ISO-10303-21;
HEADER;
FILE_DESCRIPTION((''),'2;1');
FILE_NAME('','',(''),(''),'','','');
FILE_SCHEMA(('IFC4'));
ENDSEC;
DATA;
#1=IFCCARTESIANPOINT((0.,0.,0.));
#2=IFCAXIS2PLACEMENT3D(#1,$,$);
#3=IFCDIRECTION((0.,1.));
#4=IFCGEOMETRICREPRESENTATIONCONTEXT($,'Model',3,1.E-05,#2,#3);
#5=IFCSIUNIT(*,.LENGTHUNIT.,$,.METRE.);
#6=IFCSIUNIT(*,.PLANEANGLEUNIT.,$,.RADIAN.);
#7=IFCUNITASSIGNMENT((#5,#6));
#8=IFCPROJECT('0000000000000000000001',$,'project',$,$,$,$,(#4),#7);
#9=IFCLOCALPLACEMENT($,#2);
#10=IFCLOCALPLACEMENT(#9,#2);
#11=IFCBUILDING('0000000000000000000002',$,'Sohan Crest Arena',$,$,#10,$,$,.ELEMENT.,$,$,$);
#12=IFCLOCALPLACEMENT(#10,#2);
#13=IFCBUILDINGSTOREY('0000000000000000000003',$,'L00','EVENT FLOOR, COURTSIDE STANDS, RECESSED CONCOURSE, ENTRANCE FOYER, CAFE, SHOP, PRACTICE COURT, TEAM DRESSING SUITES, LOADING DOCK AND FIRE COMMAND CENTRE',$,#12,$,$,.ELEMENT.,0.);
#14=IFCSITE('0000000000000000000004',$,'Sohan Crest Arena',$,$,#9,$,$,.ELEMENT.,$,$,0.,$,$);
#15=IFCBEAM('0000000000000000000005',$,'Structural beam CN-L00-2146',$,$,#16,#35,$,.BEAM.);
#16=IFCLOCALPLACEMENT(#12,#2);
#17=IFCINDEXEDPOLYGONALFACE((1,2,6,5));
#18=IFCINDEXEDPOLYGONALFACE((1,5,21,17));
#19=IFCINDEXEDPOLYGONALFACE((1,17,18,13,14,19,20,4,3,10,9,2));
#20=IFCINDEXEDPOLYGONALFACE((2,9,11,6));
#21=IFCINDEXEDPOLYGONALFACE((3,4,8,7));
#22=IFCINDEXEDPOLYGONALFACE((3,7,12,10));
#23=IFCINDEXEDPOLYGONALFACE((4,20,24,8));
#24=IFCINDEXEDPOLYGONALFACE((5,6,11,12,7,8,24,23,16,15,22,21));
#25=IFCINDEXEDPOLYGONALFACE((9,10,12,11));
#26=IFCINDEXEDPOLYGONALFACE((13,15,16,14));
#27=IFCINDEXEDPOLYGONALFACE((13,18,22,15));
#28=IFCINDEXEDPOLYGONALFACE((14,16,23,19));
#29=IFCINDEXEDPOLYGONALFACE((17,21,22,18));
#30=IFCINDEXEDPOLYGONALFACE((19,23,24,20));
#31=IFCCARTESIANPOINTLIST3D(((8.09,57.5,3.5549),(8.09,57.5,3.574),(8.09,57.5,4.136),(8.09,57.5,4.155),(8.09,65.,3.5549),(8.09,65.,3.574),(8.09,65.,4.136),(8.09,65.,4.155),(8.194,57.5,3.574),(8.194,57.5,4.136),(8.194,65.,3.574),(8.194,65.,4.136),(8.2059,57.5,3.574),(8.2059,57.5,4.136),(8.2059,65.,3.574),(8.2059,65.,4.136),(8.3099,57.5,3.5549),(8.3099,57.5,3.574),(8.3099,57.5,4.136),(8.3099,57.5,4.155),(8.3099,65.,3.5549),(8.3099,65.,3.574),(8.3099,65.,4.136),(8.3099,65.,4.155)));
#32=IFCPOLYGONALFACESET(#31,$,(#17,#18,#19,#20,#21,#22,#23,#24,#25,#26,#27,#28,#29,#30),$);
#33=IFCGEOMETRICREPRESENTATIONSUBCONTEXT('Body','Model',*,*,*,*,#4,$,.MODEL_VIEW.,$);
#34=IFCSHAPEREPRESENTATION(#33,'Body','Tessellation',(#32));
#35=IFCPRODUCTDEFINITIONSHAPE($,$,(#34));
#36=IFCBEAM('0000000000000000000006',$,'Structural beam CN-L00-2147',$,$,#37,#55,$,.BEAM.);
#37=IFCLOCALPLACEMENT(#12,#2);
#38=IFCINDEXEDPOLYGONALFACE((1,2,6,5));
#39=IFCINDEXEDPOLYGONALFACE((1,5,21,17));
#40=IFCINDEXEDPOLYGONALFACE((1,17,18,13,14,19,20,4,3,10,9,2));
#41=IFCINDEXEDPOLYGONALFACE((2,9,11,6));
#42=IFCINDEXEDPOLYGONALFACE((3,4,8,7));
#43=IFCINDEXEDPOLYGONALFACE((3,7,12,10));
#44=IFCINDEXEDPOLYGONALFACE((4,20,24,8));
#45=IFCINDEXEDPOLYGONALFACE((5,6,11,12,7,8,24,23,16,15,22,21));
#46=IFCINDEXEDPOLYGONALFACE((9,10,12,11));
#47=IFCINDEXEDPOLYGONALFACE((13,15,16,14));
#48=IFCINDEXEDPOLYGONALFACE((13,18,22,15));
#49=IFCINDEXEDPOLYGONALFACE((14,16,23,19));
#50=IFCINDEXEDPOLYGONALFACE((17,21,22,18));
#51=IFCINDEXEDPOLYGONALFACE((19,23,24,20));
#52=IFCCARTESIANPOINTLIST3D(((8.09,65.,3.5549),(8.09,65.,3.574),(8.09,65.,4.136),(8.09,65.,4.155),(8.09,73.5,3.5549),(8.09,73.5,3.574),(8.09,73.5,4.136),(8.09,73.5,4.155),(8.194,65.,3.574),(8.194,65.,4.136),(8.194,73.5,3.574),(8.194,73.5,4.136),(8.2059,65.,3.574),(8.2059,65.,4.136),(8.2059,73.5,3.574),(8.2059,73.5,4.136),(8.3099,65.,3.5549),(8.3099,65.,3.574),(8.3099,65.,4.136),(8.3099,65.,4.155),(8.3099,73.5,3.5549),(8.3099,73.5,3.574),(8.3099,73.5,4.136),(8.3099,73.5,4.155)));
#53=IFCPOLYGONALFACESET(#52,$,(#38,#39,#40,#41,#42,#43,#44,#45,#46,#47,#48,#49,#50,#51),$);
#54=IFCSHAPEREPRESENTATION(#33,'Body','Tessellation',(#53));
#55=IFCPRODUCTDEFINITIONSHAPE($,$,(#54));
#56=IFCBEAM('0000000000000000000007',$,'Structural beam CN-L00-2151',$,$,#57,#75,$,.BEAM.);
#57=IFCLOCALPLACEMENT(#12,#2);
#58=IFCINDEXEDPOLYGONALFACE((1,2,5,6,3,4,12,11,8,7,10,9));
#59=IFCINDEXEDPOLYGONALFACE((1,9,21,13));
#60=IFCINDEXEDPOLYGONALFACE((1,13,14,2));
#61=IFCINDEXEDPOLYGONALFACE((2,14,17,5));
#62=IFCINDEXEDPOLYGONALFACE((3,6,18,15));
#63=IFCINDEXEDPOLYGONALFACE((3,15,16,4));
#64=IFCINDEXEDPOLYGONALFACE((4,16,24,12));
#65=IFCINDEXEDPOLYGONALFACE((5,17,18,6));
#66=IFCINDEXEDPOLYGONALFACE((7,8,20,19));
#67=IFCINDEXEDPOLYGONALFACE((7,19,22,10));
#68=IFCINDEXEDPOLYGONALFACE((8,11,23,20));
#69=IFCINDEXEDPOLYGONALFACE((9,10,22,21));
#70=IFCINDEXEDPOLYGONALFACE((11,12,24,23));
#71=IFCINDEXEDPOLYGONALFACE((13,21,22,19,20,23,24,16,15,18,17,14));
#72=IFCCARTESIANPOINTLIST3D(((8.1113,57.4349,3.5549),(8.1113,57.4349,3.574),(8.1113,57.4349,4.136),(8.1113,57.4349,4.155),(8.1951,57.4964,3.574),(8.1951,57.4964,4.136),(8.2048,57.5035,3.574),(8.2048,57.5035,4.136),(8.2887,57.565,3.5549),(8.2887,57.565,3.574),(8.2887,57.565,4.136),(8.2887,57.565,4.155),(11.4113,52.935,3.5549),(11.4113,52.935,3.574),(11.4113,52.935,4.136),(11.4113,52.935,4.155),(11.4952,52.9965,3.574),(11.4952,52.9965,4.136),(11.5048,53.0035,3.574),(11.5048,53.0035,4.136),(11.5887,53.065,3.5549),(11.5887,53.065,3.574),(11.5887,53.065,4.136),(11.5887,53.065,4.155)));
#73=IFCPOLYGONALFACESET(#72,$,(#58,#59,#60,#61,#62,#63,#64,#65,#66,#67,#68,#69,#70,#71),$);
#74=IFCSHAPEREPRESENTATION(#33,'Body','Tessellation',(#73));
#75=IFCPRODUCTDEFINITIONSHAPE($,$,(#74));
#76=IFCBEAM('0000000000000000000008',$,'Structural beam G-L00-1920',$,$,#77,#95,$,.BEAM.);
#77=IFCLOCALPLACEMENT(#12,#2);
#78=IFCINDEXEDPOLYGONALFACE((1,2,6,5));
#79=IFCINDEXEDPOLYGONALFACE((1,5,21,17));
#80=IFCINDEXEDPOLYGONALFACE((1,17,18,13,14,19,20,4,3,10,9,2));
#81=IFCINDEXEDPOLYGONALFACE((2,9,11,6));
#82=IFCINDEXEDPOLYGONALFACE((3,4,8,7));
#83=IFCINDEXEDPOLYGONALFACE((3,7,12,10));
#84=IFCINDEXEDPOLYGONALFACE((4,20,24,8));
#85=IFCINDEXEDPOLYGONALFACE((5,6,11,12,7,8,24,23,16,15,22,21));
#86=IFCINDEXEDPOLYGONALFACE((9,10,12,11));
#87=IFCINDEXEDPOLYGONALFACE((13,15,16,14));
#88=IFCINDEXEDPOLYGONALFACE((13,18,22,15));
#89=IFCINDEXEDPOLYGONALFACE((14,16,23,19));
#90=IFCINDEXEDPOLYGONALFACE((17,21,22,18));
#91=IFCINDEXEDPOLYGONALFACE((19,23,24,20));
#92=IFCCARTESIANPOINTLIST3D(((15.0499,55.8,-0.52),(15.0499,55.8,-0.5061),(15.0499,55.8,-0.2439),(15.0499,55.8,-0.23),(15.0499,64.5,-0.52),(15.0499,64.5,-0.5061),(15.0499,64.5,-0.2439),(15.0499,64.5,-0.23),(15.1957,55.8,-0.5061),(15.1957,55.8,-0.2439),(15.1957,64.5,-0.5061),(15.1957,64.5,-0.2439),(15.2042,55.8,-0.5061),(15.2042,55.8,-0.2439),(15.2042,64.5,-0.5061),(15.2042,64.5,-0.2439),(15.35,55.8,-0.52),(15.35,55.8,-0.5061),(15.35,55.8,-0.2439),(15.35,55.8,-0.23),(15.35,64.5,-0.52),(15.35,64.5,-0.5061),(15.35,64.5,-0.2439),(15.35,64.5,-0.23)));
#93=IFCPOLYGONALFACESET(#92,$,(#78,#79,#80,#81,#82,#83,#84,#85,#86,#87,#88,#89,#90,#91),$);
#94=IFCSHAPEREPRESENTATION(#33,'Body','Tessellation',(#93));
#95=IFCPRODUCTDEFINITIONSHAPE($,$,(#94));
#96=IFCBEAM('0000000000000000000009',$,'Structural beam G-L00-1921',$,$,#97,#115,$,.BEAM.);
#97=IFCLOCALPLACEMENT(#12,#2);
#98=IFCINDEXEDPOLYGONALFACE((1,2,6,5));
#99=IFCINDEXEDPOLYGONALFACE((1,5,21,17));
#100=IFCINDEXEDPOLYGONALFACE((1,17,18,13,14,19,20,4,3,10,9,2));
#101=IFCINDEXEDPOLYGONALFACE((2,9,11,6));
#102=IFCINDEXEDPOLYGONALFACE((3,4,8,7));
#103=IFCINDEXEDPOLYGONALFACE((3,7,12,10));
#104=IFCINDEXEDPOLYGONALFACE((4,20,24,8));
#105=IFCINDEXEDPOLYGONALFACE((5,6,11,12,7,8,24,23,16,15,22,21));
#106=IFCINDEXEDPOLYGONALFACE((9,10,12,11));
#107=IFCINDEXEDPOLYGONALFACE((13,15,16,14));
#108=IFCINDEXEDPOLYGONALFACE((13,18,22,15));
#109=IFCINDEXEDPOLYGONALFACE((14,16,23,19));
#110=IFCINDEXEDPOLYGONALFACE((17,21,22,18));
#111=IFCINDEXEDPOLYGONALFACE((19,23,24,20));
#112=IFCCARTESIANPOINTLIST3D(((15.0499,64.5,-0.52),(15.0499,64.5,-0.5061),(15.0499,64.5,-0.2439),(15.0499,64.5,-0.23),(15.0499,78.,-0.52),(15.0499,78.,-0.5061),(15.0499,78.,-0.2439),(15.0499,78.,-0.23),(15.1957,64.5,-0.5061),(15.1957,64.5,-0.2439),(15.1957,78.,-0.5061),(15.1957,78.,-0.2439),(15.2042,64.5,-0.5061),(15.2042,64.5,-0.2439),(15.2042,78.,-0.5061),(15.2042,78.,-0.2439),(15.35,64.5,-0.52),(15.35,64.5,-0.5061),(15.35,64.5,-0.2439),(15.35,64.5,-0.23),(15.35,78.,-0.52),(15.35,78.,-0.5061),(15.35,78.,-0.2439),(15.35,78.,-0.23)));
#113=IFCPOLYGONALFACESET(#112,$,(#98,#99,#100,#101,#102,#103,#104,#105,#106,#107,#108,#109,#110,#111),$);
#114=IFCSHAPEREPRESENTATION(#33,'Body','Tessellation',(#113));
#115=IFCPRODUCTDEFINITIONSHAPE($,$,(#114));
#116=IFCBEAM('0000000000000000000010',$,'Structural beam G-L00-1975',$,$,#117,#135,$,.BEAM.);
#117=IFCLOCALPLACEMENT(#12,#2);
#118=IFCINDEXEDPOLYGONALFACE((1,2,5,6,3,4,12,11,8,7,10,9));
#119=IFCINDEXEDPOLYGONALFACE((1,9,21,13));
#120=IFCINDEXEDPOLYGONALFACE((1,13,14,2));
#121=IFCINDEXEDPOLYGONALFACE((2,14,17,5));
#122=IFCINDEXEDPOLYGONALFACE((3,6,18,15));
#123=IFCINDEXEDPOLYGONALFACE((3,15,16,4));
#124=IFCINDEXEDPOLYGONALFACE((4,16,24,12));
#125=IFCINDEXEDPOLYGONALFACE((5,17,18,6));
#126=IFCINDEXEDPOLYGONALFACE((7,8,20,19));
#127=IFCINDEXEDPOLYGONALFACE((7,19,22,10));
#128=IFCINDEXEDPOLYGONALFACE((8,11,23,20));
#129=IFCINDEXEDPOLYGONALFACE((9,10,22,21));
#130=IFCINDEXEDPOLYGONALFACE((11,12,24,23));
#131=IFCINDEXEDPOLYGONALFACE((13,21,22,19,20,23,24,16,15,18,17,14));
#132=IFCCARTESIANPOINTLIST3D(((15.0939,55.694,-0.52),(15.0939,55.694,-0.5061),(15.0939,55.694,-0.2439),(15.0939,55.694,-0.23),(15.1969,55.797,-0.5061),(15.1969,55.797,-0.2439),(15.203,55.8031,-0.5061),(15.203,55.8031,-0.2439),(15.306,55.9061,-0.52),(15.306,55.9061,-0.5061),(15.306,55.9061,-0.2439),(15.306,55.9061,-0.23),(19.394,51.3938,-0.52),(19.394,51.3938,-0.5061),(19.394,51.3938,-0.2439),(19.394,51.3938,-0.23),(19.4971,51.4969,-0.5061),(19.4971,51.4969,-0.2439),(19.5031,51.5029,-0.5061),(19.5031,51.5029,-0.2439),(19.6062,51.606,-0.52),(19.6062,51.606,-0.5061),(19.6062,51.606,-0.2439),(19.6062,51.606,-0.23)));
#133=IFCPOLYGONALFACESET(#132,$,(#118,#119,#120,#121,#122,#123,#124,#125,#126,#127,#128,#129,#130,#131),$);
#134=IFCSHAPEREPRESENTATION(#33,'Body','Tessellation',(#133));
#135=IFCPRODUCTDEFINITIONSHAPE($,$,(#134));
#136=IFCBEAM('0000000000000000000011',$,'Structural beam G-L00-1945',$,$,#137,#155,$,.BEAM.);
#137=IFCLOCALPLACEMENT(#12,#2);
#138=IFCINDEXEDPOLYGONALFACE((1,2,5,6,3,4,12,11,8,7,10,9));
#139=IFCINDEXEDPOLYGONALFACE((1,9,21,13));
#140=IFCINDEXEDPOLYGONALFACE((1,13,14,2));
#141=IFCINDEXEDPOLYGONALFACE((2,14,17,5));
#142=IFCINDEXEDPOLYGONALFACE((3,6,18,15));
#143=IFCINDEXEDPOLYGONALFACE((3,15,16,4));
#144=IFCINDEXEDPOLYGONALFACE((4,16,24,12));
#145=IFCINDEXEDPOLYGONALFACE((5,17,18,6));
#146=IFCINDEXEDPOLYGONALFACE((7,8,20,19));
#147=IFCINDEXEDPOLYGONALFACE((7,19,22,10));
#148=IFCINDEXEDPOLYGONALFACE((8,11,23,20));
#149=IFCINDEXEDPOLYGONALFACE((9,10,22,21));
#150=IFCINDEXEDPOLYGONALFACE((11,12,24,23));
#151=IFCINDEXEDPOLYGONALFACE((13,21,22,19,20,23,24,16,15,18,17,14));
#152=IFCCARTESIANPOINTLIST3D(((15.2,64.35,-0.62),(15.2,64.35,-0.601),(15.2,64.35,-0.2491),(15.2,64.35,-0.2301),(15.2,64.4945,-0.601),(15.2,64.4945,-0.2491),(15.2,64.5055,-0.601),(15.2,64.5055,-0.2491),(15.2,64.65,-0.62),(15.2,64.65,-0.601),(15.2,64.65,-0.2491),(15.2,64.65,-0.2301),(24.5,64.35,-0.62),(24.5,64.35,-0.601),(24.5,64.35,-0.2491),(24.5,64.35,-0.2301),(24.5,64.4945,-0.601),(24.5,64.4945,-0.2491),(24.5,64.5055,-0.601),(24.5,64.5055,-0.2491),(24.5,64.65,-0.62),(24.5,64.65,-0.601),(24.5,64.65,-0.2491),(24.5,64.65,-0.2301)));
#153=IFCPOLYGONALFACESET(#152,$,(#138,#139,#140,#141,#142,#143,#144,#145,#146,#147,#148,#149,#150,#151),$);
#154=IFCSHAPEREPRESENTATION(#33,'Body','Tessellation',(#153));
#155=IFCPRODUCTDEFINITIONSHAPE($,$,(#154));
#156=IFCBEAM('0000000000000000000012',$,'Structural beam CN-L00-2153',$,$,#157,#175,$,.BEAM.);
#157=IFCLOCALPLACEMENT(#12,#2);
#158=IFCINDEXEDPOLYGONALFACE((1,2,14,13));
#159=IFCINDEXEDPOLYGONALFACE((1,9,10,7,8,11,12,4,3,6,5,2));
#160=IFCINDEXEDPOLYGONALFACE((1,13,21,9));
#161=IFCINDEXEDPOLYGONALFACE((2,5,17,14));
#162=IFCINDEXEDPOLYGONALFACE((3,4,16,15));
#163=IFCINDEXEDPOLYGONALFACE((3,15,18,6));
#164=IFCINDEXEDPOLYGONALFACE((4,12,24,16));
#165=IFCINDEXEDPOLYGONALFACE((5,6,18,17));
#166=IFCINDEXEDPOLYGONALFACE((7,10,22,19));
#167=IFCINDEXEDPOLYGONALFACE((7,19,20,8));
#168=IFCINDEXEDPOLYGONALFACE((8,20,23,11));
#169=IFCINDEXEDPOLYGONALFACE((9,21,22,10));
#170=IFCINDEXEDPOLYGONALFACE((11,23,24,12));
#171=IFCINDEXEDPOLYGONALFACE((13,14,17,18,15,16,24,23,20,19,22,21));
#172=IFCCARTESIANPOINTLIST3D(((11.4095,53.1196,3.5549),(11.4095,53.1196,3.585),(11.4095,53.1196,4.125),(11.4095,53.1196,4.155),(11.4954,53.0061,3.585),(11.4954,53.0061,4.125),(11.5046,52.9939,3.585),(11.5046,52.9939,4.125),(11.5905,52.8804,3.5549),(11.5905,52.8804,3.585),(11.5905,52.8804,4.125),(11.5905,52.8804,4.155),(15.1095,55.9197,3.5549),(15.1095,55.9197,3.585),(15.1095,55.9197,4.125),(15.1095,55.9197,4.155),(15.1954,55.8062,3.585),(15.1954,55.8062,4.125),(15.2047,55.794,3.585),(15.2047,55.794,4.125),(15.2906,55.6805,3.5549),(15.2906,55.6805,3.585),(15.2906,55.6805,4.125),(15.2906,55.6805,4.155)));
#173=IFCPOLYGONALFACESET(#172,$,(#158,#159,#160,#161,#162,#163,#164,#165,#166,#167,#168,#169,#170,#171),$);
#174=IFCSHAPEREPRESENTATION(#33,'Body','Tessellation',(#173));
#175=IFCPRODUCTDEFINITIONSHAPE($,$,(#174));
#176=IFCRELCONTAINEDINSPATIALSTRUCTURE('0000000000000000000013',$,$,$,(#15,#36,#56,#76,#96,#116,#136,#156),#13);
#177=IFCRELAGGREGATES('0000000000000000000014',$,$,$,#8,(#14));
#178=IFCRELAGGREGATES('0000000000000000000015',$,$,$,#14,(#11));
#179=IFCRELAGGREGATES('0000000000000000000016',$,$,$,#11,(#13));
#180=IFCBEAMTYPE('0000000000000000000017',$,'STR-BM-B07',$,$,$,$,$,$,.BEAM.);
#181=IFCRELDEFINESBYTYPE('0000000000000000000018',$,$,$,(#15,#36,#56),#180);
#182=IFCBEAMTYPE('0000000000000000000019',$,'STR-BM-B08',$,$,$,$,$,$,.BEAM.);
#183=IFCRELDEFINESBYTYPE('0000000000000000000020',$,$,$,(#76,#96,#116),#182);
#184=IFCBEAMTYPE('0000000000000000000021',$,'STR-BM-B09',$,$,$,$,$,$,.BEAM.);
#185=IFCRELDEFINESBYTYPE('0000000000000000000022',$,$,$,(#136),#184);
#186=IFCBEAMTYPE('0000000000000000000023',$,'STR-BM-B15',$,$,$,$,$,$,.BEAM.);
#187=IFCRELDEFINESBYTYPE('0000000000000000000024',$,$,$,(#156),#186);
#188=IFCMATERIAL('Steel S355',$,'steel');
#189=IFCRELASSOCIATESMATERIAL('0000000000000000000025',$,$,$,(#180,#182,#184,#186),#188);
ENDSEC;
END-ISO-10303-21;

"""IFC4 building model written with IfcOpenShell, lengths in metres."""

from ifc_helpers import new_model, si_unit, direction, frame, origin, origin_2d, place, context, subcontext, project, spatial, i_section, extrude, material, material_profile, profile_set, type_object, element, save


model = new_model("IFC4")

# Units and contexts
model_context = context("Model", 3, precision=1e-05, world=origin(), true_north=direction((0.0, 1.0)))
body_context = subcontext(model_context, "Body", "Model", "MODEL_VIEW")
ifc_project = project(units=[si_unit("LENGTHUNIT", "METRE"), si_unit("PLANEANGLEUNIT", "RADIAN")], contexts=[model_context])

# Site, building, storey
site_placement = place(None, origin())
site = spatial("IfcSite", under=ifc_project, at=site_placement, Name="Sohan Crest Arena", CompositionType="ELEMENT", RefElevation=0.0)
building_placement = place(site_placement, origin())
building = spatial("IfcBuilding", under=site, at=building_placement, Name="Sohan Crest Arena", CompositionType="ELEMENT")
storey_placement = place(building_placement, origin())
storey = spatial("IfcBuildingStorey", under=building, at=storey_placement, Name="L00", Description="EVENT FLOOR, COURTSIDE STANDS, RECESSED CONCOURSE, ENTRANCE FOYER, CAFE, SHOP, PRACTICE COURT, TEAM DRESSING SUITES, LOADING DOCK AND FIRE COMMAND CENTRE", CompositionType="ELEMENT", Elevation=0.0)

# Shared definitions
ifc_material_1 = material(Name="Steel S355", Category="steel")

# Beams
ifc_material_profile_1 = material_profile(ifc_material_1, i_section(OverallWidth=0.22, OverallDepth=0.6001, WebThickness=0.012, FlangeThickness=0.019, at=origin_2d()), Name="IPE 600")
ifc_profile_set_1 = profile_set([ifc_material_profile_1], Name="Steel S355")
beam_type_1 = type_object("IfcBeamType", Name="STR-BM-B07", PredefinedType="BEAM", material=ifc_profile_set_1)
beam_1_placement = place(storey_placement, frame((8.2, 57.5, 3.855), z_axis=(0.0, 1.0, 0.0), x_axis=(-1.0, 0.0, 0.0)))
element("IfcBeam", 1, at=beam_1_placement, inside=storey, type_object=beam_type_1, Name="Structural beam CN-L00-2146", PredefinedType="BEAM", context=body_context, shape_type="SweptSolid", body=[
    extrude(i_section(OverallWidth=0.22, OverallDepth=0.6001, WebThickness=0.012, FlangeThickness=0.019, at=origin_2d()), origin(), (0.0, 0.0, 1.0), 7.5),
])
beam_2_placement = place(storey_placement, frame((8.2, 65.0, 3.855), z_axis=(0.0, 1.0, 0.0), x_axis=(-1.0, 0.0, 0.0)))
element("IfcBeam", 2, at=beam_2_placement, inside=storey, type_object=beam_type_1, Name="Structural beam CN-L00-2147", PredefinedType="BEAM", context=body_context, shape_type="SweptSolid", body=[
    extrude(i_section(OverallWidth=0.22, OverallDepth=0.6001, WebThickness=0.012, FlangeThickness=0.019, at=origin_2d()), origin(), (0.0, 0.0, 1.0), 8.5),
])
beam_3_placement = place(storey_placement, frame((11.5, 53.0, 3.855), z_axis=(-0.591369, 0.806401, 0.0), x_axis=(-0.806401, -0.591369, 0.0)))
element("IfcBeam", 3, at=beam_3_placement, inside=storey, type_object=beam_type_1, Name="Structural beam CN-L00-2151", PredefinedType="BEAM", context=body_context, shape_type="SweptSolid", body=[
    extrude(i_section(OverallWidth=0.22, OverallDepth=0.6001, WebThickness=0.012, FlangeThickness=0.019, at=origin_2d()), origin(), (0.0, 0.0, 1.0), 5.5803),
])
ifc_material_profile_2 = material_profile(ifc_material_1, i_section(OverallWidth=0.3, OverallDepth=0.29, WebThickness=0.0085, FlangeThickness=0.0139, at=origin_2d()), Name="HEA 300")
ifc_profile_set_2 = profile_set([ifc_material_profile_2], Name="Steel S355")
beam_type_2 = type_object("IfcBeamType", Name="STR-BM-B08", PredefinedType="BEAM", material=ifc_profile_set_2)
beam_4_placement = place(storey_placement, frame((15.2, 55.8, -0.375), z_axis=(0.0, 1.0, 0.0), x_axis=(-1.0, 0.0, 0.0)))
element("IfcBeam", 4, at=beam_4_placement, inside=storey, type_object=beam_type_2, Name="Structural beam G-L00-1920", PredefinedType="BEAM", context=body_context, shape_type="SweptSolid", body=[
    extrude(i_section(OverallWidth=0.3, OverallDepth=0.29, WebThickness=0.0085, FlangeThickness=0.0139, at=origin_2d()), origin(), (0.0, 0.0, 1.0), 8.7),
])
beam_5_placement = place(storey_placement, frame((15.2, 64.5, -0.375), z_axis=(0.0, 1.0, 0.0), x_axis=(-1.0, 0.0, 0.0)))
element("IfcBeam", 5, at=beam_5_placement, inside=storey, type_object=beam_type_2, Name="Structural beam G-L00-1921", PredefinedType="BEAM", context=body_context, shape_type="SweptSolid", body=[
    extrude(i_section(OverallWidth=0.3, OverallDepth=0.29, WebThickness=0.0085, FlangeThickness=0.0139, at=origin_2d()), origin(), (0.0, 0.0, 1.0), 13.5),
])
beam_6_placement = place(storey_placement, frame((15.2, 55.8, -0.375), z_axis=(0.707107, -0.707107, 0.0), x_axis=(0.707107, 0.707107, 0.0)))
element("IfcBeam", 6, at=beam_6_placement, inside=storey, type_object=beam_type_2, Name="Structural beam G-L00-1975", PredefinedType="BEAM", context=body_context, shape_type="SweptSolid", body=[
    extrude(i_section(OverallWidth=0.3, OverallDepth=0.29, WebThickness=0.0085, FlangeThickness=0.0139, at=origin_2d()), origin(), (0.0, 0.0, 1.0), 6.0813),
])
ifc_material_profile_3 = material_profile(ifc_material_1, i_section(OverallWidth=0.3, OverallDepth=0.3899, WebThickness=0.011, FlangeThickness=0.019, at=origin_2d()), Name="HEA 400")
ifc_profile_set_3 = profile_set([ifc_material_profile_3], Name="Steel S355")
beam_type_3 = type_object("IfcBeamType", Name="STR-BM-B09", PredefinedType="BEAM", material=ifc_profile_set_3)
beam_7_placement = place(storey_placement, frame((15.2, 64.5, -0.425), z_axis=(1.0, 0.0, 0.0), x_axis=(0.0, 1.0, 0.0)))
element("IfcBeam", 7, at=beam_7_placement, inside=storey, type_object=beam_type_3, Name="Structural beam G-L00-1945", PredefinedType="BEAM", context=body_context, shape_type="SweptSolid", body=[
    extrude(i_section(OverallWidth=0.3, OverallDepth=0.3899, WebThickness=0.011, FlangeThickness=0.019, at=origin_2d()), origin(), (0.0, 0.0, 1.0), 9.3),
])
ifc_material_profile_4 = material_profile(ifc_material_1, i_section(OverallWidth=0.3, OverallDepth=0.6001, WebThickness=0.0154, FlangeThickness=0.03, at=origin_2d()), Name="HEB 600")
ifc_profile_set_4 = profile_set([ifc_material_profile_4], Name="Steel S355")
beam_type_4 = type_object("IfcBeamType", Name="STR-BM-B15", PredefinedType="BEAM", material=ifc_profile_set_4)
beam_8_placement = place(storey_placement, frame((11.5, 53.0, 3.855), z_axis=(0.797397, 0.603454, 0.0), x_axis=(-0.603454, 0.797397, 0.0)))
element("IfcBeam", 8, at=beam_8_placement, inside=storey, type_object=beam_type_4, Name="Structural beam CN-L00-2153", PredefinedType="BEAM", context=body_context, shape_type="SweptSolid", body=[
    extrude(i_section(OverallWidth=0.3, OverallDepth=0.6001, WebThickness=0.0154, FlangeThickness=0.03, at=origin_2d()), origin(), (0.0, 0.0, 1.0), 4.6401),
])

save(model, "model.ifc")
